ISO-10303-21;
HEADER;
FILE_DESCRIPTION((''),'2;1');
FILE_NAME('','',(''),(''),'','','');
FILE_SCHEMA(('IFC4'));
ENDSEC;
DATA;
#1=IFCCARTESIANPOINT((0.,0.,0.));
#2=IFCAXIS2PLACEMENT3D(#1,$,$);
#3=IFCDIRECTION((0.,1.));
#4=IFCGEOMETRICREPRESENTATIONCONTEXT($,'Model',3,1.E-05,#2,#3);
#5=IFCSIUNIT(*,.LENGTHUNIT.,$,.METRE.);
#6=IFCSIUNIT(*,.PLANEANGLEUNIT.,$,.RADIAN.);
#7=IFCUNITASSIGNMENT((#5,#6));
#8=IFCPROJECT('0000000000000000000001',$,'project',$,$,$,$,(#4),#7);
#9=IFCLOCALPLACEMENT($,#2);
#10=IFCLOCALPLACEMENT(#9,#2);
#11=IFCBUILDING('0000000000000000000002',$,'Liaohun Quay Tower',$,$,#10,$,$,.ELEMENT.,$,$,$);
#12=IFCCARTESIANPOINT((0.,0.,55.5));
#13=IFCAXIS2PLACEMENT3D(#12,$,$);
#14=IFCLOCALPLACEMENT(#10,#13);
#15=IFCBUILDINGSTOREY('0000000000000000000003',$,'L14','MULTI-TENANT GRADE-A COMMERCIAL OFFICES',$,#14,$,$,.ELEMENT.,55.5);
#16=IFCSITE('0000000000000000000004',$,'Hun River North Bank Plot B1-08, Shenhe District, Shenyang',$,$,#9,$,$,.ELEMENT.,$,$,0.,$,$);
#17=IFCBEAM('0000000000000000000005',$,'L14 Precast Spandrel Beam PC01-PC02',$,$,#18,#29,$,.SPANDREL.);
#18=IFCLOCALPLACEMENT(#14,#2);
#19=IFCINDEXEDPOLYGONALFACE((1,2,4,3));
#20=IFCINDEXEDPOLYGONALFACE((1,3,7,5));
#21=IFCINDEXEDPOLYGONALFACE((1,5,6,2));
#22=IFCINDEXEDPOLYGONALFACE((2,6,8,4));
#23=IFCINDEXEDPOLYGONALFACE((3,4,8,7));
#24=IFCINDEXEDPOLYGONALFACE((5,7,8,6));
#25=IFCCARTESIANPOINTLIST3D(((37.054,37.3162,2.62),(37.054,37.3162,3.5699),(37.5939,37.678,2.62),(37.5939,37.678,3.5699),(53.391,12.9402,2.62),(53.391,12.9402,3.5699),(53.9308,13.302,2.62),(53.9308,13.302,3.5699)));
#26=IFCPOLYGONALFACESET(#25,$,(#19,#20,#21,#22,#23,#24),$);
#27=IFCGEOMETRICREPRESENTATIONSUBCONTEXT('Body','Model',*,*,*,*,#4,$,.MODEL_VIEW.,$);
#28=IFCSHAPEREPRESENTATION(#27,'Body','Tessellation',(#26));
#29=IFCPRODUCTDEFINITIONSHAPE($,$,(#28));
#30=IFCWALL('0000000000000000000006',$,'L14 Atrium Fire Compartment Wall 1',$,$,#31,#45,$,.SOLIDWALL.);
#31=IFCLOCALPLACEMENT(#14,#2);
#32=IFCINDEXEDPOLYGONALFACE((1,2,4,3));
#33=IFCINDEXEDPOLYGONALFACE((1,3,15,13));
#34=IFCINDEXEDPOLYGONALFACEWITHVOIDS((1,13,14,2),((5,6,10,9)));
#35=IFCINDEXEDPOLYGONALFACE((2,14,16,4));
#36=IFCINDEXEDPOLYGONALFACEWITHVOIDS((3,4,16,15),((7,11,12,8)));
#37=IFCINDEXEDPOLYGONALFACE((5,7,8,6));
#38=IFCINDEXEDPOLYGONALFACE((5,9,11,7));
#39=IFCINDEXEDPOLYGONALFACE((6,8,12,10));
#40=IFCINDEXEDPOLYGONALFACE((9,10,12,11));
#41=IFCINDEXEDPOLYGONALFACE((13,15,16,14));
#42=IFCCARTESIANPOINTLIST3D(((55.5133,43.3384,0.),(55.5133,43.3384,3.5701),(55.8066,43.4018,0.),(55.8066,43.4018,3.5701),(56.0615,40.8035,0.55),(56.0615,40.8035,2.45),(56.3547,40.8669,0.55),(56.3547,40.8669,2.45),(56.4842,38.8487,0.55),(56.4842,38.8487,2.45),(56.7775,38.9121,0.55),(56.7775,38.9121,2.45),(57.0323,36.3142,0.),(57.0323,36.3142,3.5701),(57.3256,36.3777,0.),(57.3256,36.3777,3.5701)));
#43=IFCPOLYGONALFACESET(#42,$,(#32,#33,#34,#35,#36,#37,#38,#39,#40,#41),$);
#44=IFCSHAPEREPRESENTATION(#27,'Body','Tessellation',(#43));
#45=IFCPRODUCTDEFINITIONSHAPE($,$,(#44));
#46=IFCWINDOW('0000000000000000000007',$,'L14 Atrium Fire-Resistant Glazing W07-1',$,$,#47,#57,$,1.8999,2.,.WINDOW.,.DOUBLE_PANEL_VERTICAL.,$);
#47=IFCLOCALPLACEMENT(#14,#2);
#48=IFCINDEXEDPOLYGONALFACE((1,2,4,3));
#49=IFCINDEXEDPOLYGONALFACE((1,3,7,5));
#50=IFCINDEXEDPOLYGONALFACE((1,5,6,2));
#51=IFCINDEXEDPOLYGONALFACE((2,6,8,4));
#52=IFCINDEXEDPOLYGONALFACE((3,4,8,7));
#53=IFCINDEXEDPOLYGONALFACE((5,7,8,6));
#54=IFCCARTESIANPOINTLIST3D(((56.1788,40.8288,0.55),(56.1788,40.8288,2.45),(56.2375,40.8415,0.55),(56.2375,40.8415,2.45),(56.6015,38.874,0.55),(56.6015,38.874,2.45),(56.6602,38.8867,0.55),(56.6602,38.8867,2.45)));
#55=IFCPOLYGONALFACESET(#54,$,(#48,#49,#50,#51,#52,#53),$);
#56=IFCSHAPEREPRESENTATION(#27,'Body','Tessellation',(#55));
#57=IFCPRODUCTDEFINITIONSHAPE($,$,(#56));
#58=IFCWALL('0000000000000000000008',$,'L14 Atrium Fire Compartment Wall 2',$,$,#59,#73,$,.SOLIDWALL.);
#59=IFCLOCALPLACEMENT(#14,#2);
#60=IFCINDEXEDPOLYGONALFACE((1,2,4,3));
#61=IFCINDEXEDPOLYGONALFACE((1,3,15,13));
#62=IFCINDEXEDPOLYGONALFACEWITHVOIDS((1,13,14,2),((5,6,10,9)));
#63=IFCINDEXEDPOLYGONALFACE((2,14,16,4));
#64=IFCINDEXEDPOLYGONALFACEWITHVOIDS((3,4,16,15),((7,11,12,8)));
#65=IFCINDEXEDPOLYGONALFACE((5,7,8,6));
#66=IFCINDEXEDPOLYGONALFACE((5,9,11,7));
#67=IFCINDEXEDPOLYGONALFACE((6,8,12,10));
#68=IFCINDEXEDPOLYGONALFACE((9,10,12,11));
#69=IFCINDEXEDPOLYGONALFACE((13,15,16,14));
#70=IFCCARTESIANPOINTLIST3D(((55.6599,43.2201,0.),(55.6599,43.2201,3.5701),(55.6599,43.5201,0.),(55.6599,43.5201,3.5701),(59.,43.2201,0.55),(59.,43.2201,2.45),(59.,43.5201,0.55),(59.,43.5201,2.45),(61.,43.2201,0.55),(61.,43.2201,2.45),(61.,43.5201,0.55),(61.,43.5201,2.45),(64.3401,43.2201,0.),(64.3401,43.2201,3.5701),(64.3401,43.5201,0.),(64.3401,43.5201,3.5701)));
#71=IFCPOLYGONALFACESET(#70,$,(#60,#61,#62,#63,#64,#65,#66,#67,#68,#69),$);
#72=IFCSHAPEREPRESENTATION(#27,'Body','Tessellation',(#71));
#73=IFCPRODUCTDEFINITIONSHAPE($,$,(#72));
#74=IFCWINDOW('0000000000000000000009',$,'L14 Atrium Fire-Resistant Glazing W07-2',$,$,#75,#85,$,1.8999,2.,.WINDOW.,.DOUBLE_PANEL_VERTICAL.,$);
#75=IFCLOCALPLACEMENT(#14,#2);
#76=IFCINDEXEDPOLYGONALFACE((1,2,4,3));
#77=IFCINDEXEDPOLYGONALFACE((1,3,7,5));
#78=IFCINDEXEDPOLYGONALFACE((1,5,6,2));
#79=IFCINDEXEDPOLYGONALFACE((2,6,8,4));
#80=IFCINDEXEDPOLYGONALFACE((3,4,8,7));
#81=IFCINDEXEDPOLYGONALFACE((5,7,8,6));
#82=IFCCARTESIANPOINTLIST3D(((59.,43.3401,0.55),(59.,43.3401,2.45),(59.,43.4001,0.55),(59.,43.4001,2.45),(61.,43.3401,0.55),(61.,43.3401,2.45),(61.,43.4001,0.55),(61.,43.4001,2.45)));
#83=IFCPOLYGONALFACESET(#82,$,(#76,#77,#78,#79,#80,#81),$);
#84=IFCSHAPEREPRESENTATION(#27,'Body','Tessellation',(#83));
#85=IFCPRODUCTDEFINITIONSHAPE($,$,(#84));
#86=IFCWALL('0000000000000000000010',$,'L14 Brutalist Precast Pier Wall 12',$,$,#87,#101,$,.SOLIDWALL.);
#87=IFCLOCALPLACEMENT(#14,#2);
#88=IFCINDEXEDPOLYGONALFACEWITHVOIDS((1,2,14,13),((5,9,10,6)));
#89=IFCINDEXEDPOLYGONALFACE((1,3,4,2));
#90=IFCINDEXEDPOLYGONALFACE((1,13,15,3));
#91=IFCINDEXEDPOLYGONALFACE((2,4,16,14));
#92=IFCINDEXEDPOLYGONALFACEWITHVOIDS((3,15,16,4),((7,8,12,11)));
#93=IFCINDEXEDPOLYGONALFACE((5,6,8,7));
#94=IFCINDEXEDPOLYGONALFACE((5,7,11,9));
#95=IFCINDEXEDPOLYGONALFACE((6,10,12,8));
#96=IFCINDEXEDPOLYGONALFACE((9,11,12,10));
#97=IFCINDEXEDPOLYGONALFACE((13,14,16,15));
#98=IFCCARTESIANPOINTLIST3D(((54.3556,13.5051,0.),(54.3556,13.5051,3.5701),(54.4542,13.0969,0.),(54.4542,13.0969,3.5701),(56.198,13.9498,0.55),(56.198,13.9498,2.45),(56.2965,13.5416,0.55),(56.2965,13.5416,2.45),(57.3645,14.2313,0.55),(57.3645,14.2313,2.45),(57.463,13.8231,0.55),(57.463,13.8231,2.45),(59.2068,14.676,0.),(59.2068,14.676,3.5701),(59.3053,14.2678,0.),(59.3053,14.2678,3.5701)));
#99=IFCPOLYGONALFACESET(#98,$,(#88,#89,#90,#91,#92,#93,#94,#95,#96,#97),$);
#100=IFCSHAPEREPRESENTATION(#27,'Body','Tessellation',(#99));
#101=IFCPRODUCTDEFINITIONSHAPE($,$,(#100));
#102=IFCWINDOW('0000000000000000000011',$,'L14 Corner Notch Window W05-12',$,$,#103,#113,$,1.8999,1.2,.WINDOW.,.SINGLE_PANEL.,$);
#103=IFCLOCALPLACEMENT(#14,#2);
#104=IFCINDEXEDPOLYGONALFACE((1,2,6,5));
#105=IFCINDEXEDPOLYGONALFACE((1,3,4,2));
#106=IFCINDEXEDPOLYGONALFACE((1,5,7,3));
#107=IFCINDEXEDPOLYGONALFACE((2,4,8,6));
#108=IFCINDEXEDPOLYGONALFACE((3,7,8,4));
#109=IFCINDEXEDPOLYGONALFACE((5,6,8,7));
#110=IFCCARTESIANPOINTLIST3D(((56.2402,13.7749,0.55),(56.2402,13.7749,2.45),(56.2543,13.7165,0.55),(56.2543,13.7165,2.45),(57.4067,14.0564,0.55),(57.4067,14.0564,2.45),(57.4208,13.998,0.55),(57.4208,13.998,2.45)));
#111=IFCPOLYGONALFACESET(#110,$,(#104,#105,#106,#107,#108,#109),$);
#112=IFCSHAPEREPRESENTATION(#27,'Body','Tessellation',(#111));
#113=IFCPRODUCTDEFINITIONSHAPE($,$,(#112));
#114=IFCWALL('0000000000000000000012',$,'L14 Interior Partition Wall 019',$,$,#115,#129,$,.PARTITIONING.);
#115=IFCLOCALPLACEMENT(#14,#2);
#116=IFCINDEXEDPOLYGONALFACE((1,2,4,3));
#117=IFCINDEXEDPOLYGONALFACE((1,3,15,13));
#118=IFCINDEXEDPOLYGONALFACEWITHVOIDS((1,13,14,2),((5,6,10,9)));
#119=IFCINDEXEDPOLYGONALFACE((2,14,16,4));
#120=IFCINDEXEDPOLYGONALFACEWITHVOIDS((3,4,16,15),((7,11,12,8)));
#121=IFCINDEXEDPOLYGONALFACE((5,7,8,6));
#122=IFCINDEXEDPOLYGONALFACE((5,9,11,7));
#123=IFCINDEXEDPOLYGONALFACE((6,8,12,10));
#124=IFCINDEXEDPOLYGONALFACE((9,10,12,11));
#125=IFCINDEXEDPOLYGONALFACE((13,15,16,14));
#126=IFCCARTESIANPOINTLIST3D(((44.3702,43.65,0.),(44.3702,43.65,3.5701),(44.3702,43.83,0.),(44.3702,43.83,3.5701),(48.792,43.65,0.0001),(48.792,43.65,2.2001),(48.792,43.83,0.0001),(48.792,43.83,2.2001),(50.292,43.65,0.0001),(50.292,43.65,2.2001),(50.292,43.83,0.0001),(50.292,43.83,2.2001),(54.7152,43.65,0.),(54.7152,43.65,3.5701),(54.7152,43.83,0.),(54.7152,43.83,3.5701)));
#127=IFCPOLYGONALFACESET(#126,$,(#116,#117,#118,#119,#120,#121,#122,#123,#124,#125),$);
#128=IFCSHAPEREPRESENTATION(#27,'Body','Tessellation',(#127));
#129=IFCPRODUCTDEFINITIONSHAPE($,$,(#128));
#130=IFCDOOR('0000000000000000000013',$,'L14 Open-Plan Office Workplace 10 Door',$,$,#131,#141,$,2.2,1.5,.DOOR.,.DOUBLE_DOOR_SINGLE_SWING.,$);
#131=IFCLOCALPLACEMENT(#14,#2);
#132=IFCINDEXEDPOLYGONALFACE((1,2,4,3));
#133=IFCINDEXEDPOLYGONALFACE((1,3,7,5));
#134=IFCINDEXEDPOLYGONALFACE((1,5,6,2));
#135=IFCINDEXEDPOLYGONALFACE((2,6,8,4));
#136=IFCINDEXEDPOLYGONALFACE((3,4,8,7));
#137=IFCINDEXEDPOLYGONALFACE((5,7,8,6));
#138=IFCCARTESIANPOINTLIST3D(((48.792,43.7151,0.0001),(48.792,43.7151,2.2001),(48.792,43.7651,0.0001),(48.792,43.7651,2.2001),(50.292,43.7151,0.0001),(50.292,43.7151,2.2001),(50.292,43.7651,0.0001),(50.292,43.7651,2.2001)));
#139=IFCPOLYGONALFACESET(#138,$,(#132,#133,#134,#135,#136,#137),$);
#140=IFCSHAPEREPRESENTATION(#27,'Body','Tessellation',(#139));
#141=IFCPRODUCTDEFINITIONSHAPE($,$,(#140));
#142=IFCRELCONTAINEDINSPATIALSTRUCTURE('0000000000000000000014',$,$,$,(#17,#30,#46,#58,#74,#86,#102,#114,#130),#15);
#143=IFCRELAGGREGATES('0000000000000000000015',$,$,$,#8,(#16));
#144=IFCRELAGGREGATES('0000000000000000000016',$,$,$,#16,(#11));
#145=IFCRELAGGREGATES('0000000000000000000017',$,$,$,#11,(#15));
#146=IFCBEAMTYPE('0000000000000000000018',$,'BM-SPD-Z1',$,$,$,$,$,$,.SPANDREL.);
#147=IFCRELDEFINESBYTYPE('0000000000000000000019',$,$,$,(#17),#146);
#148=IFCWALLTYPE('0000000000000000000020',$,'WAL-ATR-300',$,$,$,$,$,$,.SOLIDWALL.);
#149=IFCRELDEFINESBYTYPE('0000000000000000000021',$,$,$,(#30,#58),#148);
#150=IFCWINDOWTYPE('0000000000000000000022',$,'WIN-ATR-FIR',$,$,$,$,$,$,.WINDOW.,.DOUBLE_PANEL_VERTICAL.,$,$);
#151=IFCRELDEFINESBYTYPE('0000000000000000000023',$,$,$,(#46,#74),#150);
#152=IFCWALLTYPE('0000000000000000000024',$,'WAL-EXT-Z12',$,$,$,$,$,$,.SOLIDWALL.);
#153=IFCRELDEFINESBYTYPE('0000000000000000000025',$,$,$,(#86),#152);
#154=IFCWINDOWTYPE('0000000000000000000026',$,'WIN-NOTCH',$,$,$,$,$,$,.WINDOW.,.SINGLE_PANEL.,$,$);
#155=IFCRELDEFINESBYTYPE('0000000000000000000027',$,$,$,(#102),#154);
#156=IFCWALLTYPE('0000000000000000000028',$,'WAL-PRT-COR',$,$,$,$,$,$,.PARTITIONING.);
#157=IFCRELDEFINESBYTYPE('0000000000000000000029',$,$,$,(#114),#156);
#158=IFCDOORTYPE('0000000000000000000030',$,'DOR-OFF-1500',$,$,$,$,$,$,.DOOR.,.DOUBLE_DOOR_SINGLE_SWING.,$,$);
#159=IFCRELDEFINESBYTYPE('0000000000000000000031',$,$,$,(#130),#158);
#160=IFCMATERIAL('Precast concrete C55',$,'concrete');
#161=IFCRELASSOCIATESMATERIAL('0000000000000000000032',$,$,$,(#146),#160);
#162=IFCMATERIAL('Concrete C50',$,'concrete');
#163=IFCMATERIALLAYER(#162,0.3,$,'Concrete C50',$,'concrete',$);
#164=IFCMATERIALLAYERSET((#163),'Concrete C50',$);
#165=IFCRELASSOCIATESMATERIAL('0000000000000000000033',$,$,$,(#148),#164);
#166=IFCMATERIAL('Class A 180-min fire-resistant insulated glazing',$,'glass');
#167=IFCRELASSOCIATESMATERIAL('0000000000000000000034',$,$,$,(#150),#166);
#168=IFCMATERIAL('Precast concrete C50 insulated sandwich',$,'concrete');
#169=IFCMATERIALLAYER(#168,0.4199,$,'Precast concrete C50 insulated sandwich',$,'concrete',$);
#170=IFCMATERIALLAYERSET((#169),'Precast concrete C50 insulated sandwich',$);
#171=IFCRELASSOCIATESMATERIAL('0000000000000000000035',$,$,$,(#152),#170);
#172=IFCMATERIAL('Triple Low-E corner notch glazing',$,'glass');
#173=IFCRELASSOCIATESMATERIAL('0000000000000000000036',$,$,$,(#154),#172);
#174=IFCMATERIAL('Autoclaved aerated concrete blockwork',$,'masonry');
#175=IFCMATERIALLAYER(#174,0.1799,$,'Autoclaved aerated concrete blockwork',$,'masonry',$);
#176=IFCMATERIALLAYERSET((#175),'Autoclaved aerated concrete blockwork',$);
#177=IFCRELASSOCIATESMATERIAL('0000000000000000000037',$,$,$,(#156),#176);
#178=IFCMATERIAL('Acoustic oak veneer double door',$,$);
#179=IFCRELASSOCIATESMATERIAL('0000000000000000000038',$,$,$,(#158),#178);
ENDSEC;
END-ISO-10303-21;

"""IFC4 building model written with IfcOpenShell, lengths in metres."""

from ifc_helpers import new_model, si_unit, direction, frame, frame_2d, origin, origin_2d, place, context, subcontext, project, spatial, rectangle, extrude, source, transform, mapped, material, layer, layer_set, material_profile, profile_set, type_object, element, fill, save


model = new_model("IFC4")

# Units and contexts
model_context = context("Model", 3, precision=1e-05, world=origin(), true_north=direction((0.0, 1.0)))
body_context = subcontext(model_context, "Body", "Model", "MODEL_VIEW")
ifc_project = project(units=[si_unit("LENGTHUNIT", "METRE"), si_unit("PLANEANGLEUNIT", "RADIAN")], contexts=[model_context])

# Site, building, storey
site_placement = place(None, origin())
site = spatial("IfcSite", under=ifc_project, at=site_placement, Name="Hun River North Bank Plot B1-08, Shenhe District, Shenyang", CompositionType="ELEMENT", RefElevation=0.0)
building_placement = place(site_placement, origin())
building = spatial("IfcBuilding", under=site, at=building_placement, Name="Liaohun Quay Tower", CompositionType="ELEMENT")
storey_placement = place(building_placement, frame((0.0, 0.0, 55.5)))
storey = spatial("IfcBuildingStorey", under=building, at=storey_placement, Name="L14", Description="MULTI-TENANT GRADE-A COMMERCIAL OFFICES", CompositionType="ELEMENT", Elevation=55.5)

# Beam
ifc_material_1 = material(Name="Precast concrete C55", Category="concrete")
ifc_material_profile_1 = material_profile(ifc_material_1, rectangle(XDim=0.6499, YDim=0.95, at=origin_2d()), Name="RC650x950")
ifc_profile_set_1 = profile_set([ifc_material_profile_1], Name="Precast concrete C55")
beam_type_1 = type_object("IfcBeamType", Name="BM-SPD-Z1", PredefinedType="SPANDREL", material=ifc_profile_set_1)
shared_shape_1 = source(origin(), body_context, "Body", "SweptSolid", [
    extrude(rectangle(XDim=0.6499, YDim=0.95, at=origin_2d()), origin(), (0.0, 0.0, 1.0), 29.3442),
])
beam_1_placement = place(storey_placement, frame((53.6609, 13.1211, 3.095), z_axis=(-0.556734, 0.830691, 0.0), x_axis=(-0.830691, -0.556734, 0.0)))
element("IfcBeam", 1, at=beam_1_placement, inside=storey, type_object=beam_type_1, Name="L14 Precast Spandrel Beam PC01-PC02", PredefinedType="SPANDREL", context=body_context, shape_type="MappedRepresentation", body=[
    mapped(shared_shape_1, transform((0.0, 0.0, 0.0), x_axis=(1.0, 0.0, 0.0), y_axis=(0.0, 1.0, 0.0), z_axis=(0.0, 0.0, 1.0), scale=1.0)),
])

# Walls, openings, windows
ifc_material_2 = material(Name="Concrete C50", Category="concrete")
ifc_layer_1 = layer(ifc_material_2, 0.3, Name="Concrete C50", Category="concrete")
ifc_layer_set_1 = layer_set([ifc_layer_1], Name="Concrete C50")
wall_type_1 = type_object("IfcWallType", Name="WAL-ATR-300", PredefinedType="SOLIDWALL", material=ifc_layer_set_1)
wall_1_placement = place(storey_placement, frame((57.179, 36.3459, 0.0), z_axis=(0.0, 0.0, 1.0), x_axis=(-0.211373, 0.977405, 0.0)))
wall_1 = element("IfcWall", 2, at=wall_1_placement, inside=storey, type_object=wall_type_1, Name="L14 Atrium Fire Compartment Wall 1", PredefinedType="SOLIDWALL", context=body_context, shape_type="SweptSolid", body=[
    extrude(rectangle(XDim=7.1865, YDim=0.3, at=frame_2d((3.5933, 0.0))), origin(), (0.0, 0.0, 1.0), 3.5701),
])
shared_shape_2 = source(origin(), body_context, "Body", "SweptSolid", [
    extrude(rectangle(XDim=2.0, YDim=1.8999, at=frame_2d((1.0, 0.95))), frame((0.0, 0.1599, 0.0), z_axis=(0.0, -1.0, 0.0), x_axis=(1.0, 0.0, 0.0)), (0.0, 0.0, 1.0), 0.3201),
])
opening_1_placement = place(wall_1_placement, frame((2.593, 0.0, 0.55)))
opening_1 = element("IfcOpeningElement", 3, at=opening_1_placement, cuts=wall_1, PredefinedType="OPENING", context=body_context, shape_type="MappedRepresentation", body=[
    mapped(shared_shape_2, transform((0.0, 0.0, 0.0), x_axis=(1.0, 0.0, 0.0), y_axis=(0.0, 1.0, 0.0), z_axis=(0.0, 0.0, 1.0), scale=1.0)),
])
ifc_material_3 = material(Name="Class A 180-min fire-resistant insulated glazing", Category="glass")
window_type_1 = type_object("IfcWindowType", Name="WIN-ATR-FIR", PartitioningType="DOUBLE_PANEL_VERTICAL", PredefinedType="WINDOW", material=ifc_material_3)
shared_shape_3 = source(origin(), body_context, "Body", "SweptSolid", [
    extrude(rectangle(XDim=2.0, YDim=1.8999, at=frame_2d((1.0, 0.95))), frame((0.0, 0.03, 0.0), z_axis=(0.0, -1.0, 0.0), x_axis=(1.0, 0.0, 0.0)), (0.0, 0.0, 1.0), 0.0601),
])
window_1_placement = place(opening_1_placement, origin())
window_1 = element("IfcWindow", 4, at=window_1_placement, inside=storey, type_object=window_type_1, Name="L14 Atrium Fire-Resistant Glazing W07-1", OverallHeight=1.8999, OverallWidth=2.0, PartitioningType="DOUBLE_PANEL_VERTICAL", PredefinedType="WINDOW", context=body_context, shape_type="MappedRepresentation", body=[
    mapped(shared_shape_3, transform((0.0, 0.0, 0.0), x_axis=(1.0, 0.0, 0.0), y_axis=(0.0, 1.0, 0.0), z_axis=(0.0, 0.0, 1.0), scale=1.0)),
])
fill(opening_1, window_1)
wall_2_placement = place(storey_placement, frame((55.6599, 43.3701, 0.0), z_axis=(0.0, 0.0, 1.0), x_axis=(1.0, 0.0, 0.0)))
wall_2 = element("IfcWall", 5, at=wall_2_placement, inside=storey, type_object=wall_type_1, Name="L14 Atrium Fire Compartment Wall 2", PredefinedType="SOLIDWALL", context=body_context, shape_type="SweptSolid", body=[
    extrude(rectangle(XDim=8.6802, YDim=0.3, at=frame_2d((4.3401, 0.0))), origin(), (0.0, 0.0, 1.0), 3.5701),
])
opening_2_placement = place(wall_2_placement, frame((3.3401, 0.0, 0.55)))
opening_2 = element("IfcOpeningElement", 6, at=opening_2_placement, cuts=wall_2, PredefinedType="OPENING", context=body_context, shape_type="MappedRepresentation", body=[
    mapped(shared_shape_2, transform((0.0, 0.0, 0.0), x_axis=(1.0, 0.0, 0.0), y_axis=(0.0, 1.0, 0.0), z_axis=(0.0, 0.0, 1.0), scale=1.0)),
])
window_2_placement = place(opening_2_placement, origin())
window_2 = element("IfcWindow", 7, at=window_2_placement, inside=storey, type_object=window_type_1, Name="L14 Atrium Fire-Resistant Glazing W07-2", OverallHeight=1.8999, OverallWidth=2.0, PartitioningType="DOUBLE_PANEL_VERTICAL", PredefinedType="WINDOW", context=body_context, shape_type="MappedRepresentation", body=[
    mapped(shared_shape_3, transform((0.0, 0.0, 0.0), x_axis=(1.0, 0.0, 0.0), y_axis=(0.0, 1.0, 0.0), z_axis=(0.0, 0.0, 1.0), scale=1.0)),
])
fill(opening_2, window_2)
ifc_material_4 = material(Name="Precast concrete C50 insulated sandwich", Category="concrete")
ifc_layer_2 = layer(ifc_material_4, 0.4199, Name="Precast concrete C50 insulated sandwich", Category="concrete")
ifc_layer_set_2 = layer_set([ifc_layer_2], Name="Precast concrete C50 insulated sandwich")
wall_type_2 = type_object("IfcWallType", Name="WAL-EXT-Z12", PredefinedType="SOLIDWALL", material=ifc_layer_set_2)
wall_3_placement = place(storey_placement, frame((54.405, 13.301, 0.0), z_axis=(0.0, 0.0, 1.0), x_axis=(0.972085, 0.234631, 0.0)))
wall_3 = element("IfcWall", 8, at=wall_3_placement, inside=storey, type_object=wall_type_2, Name="L14 Brutalist Precast Pier Wall 12", PredefinedType="SOLIDWALL", context=body_context, shape_type="SweptSolid", body=[
    extrude(rectangle(XDim=4.9905, YDim=0.4199, at=frame_2d((2.4951, 0.0))), origin(), (0.0, 0.0, 1.0), 3.5701),
])
shared_shape_4 = source(origin(), body_context, "Body", "SweptSolid", [
    extrude(rectangle(XDim=1.2, YDim=1.8999, at=frame_2d((0.6001, 0.95))), frame((0.0, 0.22, 0.0), z_axis=(0.0, -1.0, 0.0), x_axis=(1.0, 0.0, 0.0)), (0.0, 0.0, 1.0), 0.4399),
])
opening_3_placement = place(wall_3_placement, frame((1.895, 0.0, 0.55)))
opening_3 = element("IfcOpeningElement", 9, at=opening_3_placement, cuts=wall_3, PredefinedType="OPENING", context=body_context, shape_type="MappedRepresentation", body=[
    mapped(shared_shape_4, transform((0.0, 0.0, 0.0), x_axis=(1.0, 0.0, 0.0), y_axis=(0.0, 1.0, 0.0), z_axis=(0.0, 0.0, 1.0), scale=1.0)),
])
ifc_material_5 = material(Name="Triple Low-E corner notch glazing", Category="glass")
window_type_2 = type_object("IfcWindowType", Name="WIN-NOTCH", PartitioningType="SINGLE_PANEL", PredefinedType="WINDOW", material=ifc_material_5)
shared_shape_5 = source(origin(), body_context, "Body", "SweptSolid", [
    extrude(rectangle(XDim=1.2, YDim=1.8999, at=frame_2d((0.6001, 0.95))), frame((0.0, 0.03, 0.0), z_axis=(0.0, -1.0, 0.0), x_axis=(1.0, 0.0, 0.0)), (0.0, 0.0, 1.0), 0.0601),
])
window_3_placement = place(opening_3_placement, origin())
window_3 = element("IfcWindow", 10, at=window_3_placement, inside=storey, type_object=window_type_2, Name="L14 Corner Notch Window W05-12", OverallHeight=1.8999, OverallWidth=1.2, PartitioningType="SINGLE_PANEL", PredefinedType="WINDOW", context=body_context, shape_type="MappedRepresentation", body=[
    mapped(shared_shape_5, transform((0.0, 0.0, 0.0), x_axis=(1.0, 0.0, 0.0), y_axis=(0.0, 1.0, 0.0), z_axis=(0.0, 0.0, 1.0), scale=1.0)),
])
fill(opening_3, window_3)

# Wall, opening, door
ifc_material_6 = material(Name="Autoclaved aerated concrete blockwork", Category="masonry")
ifc_layer_3 = layer(ifc_material_6, 0.1799, Name="Autoclaved aerated concrete blockwork", Category="masonry")
ifc_layer_set_3 = layer_set([ifc_layer_3], Name="Autoclaved aerated concrete blockwork")
wall_type_3 = type_object("IfcWallType", Name="WAL-PRT-COR", PredefinedType="PARTITIONING", material=ifc_layer_set_3)
wall_4_placement = place(storey_placement, frame((54.7151, 43.74, 0.0), z_axis=(0.0, 0.0, 1.0), x_axis=(-1.0, 0.0, 0.0)))
wall_4 = element("IfcWall", 11, at=wall_4_placement, inside=storey, type_object=wall_type_3, Name="L14 Interior Partition Wall 019", PredefinedType="PARTITIONING", context=body_context, shape_type="SweptSolid", body=[
    extrude(rectangle(XDim=10.345, YDim=0.1799, at=frame_2d((5.1724, 0.0))), origin(), (0.0, 0.0, 1.0), 3.5701),
])
shared_shape_6 = source(origin(), body_context, "Body", "SweptSolid", [
    extrude(rectangle(XDim=1.5, YDim=2.2, at=frame_2d((0.75, 1.1001))), frame((0.0, 0.0999, 0.0), z_axis=(0.0, -1.0, 0.0), x_axis=(1.0, 0.0, 0.0)), (0.0, 0.0, 1.0), 0.2),
])
opening_4_placement = place(wall_4_placement, frame((4.4231, 0.0, 0.0)))
opening_4 = element("IfcOpeningElement", 12, at=opening_4_placement, cuts=wall_4, PredefinedType="OPENING", context=body_context, shape_type="MappedRepresentation", body=[
    mapped(shared_shape_6, transform((0.0, 0.0, 0.0), x_axis=(1.0, 0.0, 0.0), y_axis=(0.0, 1.0, 0.0), z_axis=(0.0, 0.0, 1.0), scale=1.0)),
])
ifc_material_7 = material(Name="Acoustic oak veneer double door")
door_type = type_object("IfcDoorType", Name="DOR-OFF-1500", OperationType="DOUBLE_DOOR_SINGLE_SWING", PredefinedType="DOOR", material=ifc_material_7)
shared_shape_7 = source(origin(), body_context, "Body", "SweptSolid", [
    extrude(rectangle(XDim=1.5, YDim=2.2, at=frame_2d((0.75, 1.1001))), frame((0.0, 0.0249, 0.0), z_axis=(0.0, -1.0, 0.0), x_axis=(1.0, 0.0, 0.0)), (0.0, 0.0, 1.0), 0.05),
])
door_placement = place(opening_4_placement, origin())
door = element("IfcDoor", 13, at=door_placement, inside=storey, type_object=door_type, Name="L14 Open-Plan Office Workplace 10 Door", OperationType="DOUBLE_DOOR_SINGLE_SWING", OverallHeight=2.2, OverallWidth=1.5, PredefinedType="DOOR", context=body_context, shape_type="MappedRepresentation", body=[
    mapped(shared_shape_7, transform((0.0, 0.0, 0.0), x_axis=(1.0, 0.0, 0.0), y_axis=(0.0, 1.0, 0.0), z_axis=(0.0, 0.0, 1.0), scale=1.0)),
])
fill(opening_4, door)

save(model, "model.ifc")
